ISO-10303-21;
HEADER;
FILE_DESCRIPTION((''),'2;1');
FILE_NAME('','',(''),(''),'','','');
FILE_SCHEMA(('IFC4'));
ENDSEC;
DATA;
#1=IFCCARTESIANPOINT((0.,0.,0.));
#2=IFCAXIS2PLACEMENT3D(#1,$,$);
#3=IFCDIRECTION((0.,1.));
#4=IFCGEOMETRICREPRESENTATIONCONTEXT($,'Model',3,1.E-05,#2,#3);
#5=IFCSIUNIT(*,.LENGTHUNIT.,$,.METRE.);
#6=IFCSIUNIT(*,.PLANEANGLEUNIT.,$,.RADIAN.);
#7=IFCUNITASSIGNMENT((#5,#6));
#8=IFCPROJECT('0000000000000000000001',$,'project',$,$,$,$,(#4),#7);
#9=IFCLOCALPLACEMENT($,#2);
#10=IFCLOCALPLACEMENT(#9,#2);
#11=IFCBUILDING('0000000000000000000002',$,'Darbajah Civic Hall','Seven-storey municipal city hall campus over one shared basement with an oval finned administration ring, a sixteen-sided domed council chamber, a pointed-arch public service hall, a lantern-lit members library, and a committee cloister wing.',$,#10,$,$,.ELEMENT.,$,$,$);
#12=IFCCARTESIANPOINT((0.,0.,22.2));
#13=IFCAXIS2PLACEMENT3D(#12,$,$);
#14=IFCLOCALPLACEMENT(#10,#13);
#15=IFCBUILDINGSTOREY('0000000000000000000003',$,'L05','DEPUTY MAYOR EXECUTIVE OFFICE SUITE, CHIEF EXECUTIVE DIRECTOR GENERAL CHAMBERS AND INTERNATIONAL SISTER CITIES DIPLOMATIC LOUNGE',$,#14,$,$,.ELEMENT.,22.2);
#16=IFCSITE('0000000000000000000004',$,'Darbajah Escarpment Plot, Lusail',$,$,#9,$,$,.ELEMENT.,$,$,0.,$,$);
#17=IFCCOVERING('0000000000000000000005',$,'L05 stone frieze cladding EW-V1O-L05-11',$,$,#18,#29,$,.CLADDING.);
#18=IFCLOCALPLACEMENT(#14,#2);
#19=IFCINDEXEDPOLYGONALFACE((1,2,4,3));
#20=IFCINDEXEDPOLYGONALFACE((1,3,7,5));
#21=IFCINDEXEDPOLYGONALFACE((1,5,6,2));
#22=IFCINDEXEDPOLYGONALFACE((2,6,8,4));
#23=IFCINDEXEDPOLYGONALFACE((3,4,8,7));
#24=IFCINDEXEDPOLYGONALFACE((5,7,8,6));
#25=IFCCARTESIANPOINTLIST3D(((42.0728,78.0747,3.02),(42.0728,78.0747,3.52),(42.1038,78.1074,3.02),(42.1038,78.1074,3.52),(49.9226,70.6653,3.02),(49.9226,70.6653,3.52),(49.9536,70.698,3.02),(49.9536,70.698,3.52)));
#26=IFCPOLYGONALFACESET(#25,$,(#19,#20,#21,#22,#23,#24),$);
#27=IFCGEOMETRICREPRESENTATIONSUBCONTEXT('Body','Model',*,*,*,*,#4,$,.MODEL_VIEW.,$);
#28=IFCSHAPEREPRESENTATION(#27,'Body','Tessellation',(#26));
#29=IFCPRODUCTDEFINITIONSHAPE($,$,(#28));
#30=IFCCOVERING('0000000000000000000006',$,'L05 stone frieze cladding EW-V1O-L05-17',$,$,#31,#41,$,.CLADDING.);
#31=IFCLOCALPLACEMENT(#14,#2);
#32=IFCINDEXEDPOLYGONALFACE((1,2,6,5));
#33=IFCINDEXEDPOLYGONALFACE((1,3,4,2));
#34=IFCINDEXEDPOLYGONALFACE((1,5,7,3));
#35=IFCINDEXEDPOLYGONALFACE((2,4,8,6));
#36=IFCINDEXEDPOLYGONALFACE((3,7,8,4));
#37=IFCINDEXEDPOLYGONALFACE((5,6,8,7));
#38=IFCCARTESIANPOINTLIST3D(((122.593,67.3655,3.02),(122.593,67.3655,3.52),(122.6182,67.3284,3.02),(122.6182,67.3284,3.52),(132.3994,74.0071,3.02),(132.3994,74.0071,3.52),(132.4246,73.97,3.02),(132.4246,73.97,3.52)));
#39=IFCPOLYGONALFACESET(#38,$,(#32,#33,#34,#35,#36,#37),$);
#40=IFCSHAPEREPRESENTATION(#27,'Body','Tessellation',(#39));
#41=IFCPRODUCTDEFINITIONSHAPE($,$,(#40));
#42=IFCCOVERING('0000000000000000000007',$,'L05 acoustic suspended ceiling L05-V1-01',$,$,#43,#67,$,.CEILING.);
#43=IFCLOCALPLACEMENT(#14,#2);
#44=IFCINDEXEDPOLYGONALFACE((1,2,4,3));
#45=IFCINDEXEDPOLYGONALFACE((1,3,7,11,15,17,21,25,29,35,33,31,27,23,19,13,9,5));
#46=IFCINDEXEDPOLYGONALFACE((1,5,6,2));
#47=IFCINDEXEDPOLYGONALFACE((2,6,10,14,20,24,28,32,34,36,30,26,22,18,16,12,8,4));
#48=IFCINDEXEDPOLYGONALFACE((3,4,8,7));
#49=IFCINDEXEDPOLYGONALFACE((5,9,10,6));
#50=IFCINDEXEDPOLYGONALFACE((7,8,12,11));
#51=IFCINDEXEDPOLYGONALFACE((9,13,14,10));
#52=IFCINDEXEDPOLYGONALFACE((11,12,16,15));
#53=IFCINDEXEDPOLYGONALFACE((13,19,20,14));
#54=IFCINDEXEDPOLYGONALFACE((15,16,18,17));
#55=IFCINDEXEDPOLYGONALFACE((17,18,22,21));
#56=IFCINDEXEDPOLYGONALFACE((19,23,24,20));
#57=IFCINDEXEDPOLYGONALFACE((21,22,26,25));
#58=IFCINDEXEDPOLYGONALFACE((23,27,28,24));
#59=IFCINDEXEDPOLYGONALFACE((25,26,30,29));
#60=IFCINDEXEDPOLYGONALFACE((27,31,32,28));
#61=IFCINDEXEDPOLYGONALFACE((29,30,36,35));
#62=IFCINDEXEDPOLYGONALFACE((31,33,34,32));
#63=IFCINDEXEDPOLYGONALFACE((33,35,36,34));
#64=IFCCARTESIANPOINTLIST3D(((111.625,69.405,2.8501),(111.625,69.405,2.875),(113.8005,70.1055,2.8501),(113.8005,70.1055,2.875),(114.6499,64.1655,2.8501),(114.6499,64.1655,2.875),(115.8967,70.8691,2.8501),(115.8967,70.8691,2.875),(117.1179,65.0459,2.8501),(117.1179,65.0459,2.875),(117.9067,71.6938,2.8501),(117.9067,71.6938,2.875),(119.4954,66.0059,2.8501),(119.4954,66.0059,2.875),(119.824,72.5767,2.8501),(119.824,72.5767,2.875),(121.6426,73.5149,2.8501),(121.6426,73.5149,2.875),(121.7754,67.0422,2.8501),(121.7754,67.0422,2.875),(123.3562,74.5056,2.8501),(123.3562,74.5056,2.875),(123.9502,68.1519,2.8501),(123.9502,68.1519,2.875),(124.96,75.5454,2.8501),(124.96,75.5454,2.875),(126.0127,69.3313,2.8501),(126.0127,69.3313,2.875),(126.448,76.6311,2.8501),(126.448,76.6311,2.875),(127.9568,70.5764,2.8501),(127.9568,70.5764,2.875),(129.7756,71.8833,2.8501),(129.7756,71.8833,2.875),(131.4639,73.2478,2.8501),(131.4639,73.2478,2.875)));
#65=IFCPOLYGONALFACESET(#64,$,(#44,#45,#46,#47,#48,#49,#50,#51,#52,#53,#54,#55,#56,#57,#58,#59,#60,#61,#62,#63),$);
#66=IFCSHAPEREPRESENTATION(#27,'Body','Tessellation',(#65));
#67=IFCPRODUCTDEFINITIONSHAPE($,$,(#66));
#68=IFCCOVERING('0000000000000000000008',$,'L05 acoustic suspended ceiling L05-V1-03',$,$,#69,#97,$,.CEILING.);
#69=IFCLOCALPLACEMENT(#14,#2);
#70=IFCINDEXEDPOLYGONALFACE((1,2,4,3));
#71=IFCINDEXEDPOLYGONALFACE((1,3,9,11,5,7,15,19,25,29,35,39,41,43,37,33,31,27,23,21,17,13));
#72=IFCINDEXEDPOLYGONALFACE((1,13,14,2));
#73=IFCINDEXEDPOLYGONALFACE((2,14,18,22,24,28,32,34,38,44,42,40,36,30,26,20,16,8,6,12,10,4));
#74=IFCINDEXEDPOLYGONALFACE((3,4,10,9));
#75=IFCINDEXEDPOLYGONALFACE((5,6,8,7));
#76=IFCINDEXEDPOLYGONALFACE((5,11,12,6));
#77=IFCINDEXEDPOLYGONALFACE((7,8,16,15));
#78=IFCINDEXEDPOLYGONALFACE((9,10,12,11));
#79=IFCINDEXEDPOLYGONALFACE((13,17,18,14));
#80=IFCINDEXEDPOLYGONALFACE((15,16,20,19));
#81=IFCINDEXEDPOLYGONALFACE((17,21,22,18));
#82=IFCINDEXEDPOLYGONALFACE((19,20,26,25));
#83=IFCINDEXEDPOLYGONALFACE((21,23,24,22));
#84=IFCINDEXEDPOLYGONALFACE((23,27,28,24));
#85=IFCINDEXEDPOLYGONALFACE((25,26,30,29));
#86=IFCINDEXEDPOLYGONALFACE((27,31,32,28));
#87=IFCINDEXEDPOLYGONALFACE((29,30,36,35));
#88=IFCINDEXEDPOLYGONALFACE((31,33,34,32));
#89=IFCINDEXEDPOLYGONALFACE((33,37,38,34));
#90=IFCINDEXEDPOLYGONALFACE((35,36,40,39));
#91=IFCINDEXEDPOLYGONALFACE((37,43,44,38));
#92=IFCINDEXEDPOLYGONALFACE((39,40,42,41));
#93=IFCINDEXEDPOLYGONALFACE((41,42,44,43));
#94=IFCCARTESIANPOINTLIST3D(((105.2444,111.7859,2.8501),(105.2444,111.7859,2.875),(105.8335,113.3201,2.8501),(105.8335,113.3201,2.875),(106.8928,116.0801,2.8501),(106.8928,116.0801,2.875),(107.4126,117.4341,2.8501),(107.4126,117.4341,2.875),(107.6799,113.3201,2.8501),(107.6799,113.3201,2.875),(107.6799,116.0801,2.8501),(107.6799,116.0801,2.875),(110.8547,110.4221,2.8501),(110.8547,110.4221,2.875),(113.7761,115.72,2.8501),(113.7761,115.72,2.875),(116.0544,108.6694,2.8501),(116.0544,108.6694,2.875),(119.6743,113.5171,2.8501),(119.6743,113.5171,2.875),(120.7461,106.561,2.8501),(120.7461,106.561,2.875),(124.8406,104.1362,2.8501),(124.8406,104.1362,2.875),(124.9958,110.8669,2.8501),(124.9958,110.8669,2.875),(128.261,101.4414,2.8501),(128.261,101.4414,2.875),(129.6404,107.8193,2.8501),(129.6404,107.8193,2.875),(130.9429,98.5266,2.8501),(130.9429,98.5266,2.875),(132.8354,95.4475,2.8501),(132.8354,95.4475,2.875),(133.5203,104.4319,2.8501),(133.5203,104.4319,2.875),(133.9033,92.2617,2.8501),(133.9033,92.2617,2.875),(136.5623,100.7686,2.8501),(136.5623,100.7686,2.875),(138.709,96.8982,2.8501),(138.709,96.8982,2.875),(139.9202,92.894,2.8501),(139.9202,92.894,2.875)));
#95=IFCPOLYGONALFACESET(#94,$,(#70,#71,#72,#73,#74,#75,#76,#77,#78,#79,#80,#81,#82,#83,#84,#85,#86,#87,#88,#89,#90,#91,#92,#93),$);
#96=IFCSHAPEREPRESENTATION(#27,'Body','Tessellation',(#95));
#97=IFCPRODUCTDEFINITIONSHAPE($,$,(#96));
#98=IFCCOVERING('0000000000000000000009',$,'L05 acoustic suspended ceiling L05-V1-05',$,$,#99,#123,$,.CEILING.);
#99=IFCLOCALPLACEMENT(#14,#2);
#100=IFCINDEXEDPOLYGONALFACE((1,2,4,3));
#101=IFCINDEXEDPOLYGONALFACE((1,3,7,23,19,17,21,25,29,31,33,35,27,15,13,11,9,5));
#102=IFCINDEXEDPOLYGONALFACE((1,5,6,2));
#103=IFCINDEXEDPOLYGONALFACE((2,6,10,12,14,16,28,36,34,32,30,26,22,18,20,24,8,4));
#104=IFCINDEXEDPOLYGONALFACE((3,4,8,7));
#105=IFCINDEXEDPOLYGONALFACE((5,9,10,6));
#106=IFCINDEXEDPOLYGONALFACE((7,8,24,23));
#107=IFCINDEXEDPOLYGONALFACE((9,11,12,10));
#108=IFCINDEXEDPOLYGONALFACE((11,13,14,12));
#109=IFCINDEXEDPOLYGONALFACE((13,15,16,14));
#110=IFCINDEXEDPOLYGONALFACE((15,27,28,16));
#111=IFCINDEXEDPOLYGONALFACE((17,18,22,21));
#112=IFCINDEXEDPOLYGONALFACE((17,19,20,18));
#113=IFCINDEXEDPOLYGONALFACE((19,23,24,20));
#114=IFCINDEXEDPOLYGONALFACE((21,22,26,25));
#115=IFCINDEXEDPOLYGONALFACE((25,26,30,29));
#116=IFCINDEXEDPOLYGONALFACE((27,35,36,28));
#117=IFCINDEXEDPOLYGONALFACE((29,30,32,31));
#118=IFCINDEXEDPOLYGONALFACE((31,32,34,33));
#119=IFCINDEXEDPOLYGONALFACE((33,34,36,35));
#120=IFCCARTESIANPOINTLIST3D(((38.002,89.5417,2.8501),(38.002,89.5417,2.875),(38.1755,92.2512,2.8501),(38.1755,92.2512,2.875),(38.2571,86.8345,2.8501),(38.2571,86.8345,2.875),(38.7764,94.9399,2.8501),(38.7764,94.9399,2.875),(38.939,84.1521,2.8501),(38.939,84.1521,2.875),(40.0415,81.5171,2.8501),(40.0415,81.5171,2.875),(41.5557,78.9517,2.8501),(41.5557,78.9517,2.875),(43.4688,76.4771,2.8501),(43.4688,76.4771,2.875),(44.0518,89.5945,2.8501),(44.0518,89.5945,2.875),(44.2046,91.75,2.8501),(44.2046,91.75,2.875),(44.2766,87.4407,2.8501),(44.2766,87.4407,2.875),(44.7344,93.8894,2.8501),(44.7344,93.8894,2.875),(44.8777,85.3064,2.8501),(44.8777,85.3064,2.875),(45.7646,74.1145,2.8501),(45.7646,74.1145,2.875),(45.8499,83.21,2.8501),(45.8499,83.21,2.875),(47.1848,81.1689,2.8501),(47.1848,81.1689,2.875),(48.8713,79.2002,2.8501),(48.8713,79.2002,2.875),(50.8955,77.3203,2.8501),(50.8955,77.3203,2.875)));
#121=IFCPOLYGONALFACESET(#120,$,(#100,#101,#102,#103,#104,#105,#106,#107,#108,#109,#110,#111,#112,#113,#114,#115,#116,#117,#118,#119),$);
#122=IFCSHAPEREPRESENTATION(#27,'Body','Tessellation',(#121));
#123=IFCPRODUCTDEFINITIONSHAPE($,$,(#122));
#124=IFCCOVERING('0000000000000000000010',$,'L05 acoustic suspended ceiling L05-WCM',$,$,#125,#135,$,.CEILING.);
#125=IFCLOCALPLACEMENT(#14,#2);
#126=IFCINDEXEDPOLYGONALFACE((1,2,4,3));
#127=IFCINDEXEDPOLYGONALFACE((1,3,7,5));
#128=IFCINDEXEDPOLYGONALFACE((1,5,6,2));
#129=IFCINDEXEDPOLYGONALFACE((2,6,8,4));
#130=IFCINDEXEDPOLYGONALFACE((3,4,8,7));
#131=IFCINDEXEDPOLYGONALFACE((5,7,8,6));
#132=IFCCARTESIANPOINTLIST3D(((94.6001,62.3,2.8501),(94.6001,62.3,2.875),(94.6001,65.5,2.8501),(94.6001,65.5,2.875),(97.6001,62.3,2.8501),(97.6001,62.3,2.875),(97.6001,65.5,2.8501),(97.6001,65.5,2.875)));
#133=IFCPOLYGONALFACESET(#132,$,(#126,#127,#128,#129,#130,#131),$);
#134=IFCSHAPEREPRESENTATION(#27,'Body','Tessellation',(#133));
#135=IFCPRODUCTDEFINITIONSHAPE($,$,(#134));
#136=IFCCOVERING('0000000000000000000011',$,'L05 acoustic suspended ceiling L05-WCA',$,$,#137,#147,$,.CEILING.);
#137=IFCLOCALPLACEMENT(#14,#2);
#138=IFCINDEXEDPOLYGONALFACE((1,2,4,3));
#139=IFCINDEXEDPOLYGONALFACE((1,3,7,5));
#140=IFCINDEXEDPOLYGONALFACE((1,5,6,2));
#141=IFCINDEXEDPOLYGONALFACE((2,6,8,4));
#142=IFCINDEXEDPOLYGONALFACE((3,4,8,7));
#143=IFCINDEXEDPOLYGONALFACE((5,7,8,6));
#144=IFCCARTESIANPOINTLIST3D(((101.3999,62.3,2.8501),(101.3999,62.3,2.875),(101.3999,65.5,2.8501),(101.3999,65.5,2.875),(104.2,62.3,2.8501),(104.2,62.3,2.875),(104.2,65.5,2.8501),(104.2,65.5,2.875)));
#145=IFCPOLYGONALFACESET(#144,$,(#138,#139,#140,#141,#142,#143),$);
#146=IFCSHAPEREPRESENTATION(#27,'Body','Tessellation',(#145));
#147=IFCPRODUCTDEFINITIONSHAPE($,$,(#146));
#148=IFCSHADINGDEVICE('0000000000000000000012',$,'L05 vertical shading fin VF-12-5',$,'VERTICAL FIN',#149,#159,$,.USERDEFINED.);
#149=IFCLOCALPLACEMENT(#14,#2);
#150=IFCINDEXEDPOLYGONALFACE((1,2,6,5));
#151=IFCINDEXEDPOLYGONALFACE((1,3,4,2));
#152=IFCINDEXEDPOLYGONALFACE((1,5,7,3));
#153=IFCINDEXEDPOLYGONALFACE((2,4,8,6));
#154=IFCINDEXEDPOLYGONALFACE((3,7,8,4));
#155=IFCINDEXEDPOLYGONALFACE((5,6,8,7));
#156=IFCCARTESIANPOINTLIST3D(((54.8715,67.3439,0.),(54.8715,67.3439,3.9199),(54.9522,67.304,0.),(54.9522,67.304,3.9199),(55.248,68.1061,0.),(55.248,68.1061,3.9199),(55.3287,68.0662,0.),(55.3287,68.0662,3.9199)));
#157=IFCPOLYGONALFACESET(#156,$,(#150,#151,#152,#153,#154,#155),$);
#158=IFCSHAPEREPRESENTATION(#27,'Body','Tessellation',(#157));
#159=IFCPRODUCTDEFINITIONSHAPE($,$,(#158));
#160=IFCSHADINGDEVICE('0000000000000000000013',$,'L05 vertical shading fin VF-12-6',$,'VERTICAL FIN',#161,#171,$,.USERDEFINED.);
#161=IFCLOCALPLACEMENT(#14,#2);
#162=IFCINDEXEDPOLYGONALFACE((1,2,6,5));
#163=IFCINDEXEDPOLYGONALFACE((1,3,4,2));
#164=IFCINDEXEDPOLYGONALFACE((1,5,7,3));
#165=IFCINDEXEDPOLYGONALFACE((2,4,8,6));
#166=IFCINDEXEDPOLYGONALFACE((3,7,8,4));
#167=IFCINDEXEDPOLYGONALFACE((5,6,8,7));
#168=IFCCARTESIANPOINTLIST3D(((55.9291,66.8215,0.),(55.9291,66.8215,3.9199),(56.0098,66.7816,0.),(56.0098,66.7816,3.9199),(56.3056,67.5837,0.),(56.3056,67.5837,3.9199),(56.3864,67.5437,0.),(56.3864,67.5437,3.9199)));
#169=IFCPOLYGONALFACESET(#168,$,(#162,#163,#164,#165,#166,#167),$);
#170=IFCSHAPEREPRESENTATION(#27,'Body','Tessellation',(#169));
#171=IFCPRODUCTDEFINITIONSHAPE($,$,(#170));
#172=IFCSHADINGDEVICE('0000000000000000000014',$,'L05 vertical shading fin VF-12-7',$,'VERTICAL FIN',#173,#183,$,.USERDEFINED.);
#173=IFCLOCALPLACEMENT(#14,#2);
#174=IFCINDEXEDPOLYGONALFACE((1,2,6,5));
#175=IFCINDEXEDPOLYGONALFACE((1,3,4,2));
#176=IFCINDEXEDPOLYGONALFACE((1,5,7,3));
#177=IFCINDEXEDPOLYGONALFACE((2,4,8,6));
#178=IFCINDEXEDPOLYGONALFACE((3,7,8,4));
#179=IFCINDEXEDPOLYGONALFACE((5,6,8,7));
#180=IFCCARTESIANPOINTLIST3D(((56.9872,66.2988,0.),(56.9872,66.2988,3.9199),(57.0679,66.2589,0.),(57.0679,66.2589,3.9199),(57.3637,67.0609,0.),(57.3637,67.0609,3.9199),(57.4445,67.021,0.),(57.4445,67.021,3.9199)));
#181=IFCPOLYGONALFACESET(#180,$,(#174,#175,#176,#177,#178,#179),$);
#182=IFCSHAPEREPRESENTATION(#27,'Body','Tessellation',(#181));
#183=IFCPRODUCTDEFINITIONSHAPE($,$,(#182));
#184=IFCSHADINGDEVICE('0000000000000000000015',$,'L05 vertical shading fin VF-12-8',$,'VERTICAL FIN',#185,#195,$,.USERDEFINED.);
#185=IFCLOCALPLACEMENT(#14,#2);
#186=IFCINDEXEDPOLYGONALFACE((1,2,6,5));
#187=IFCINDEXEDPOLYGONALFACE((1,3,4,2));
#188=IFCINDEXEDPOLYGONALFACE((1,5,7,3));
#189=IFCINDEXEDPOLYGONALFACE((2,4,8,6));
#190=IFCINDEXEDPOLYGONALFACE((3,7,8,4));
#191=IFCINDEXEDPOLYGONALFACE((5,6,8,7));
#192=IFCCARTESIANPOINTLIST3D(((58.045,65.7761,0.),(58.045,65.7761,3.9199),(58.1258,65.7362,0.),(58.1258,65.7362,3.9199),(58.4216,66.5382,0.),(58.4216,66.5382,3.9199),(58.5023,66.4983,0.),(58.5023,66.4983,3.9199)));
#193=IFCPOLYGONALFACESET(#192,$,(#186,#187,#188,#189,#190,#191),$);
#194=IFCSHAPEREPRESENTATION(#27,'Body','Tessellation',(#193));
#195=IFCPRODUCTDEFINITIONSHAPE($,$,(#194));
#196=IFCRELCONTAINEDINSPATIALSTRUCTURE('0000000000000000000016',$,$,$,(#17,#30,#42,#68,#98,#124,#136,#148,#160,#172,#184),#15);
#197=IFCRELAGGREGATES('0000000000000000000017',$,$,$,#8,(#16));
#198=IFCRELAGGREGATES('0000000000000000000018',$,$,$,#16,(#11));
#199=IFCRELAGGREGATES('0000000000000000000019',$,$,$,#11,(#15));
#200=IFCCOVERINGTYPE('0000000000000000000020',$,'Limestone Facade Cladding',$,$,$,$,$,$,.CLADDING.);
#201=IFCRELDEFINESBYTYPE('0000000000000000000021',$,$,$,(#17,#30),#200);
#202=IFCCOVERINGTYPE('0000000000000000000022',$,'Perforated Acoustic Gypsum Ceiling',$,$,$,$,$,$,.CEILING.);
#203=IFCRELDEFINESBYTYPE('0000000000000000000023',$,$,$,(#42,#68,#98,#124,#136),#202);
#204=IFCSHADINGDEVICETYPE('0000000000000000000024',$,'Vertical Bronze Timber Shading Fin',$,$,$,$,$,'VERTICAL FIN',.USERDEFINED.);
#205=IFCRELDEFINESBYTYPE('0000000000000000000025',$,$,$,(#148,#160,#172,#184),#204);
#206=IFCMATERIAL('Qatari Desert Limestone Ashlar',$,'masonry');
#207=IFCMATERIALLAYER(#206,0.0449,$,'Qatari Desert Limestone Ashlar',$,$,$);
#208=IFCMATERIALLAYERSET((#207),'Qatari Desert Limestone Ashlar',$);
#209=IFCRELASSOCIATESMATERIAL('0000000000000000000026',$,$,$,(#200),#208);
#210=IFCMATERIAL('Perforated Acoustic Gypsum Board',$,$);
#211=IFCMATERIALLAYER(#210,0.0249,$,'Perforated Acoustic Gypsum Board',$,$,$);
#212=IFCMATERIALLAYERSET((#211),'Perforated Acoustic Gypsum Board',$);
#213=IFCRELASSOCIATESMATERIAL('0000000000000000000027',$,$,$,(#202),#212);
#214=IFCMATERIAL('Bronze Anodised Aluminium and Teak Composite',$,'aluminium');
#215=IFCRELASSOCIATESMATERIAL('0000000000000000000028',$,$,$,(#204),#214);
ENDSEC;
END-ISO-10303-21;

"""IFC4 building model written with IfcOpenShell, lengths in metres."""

from ifc_helpers import new_model, si_unit, direction, frame, origin, origin_2d, place, context, subcontext, project, spatial, polyline, rectangle, outline, extrude, material, layer, layer_set, type_object, element, save


model = new_model("IFC4")

# Units and contexts
model_context = context("Model", 3, precision=1e-05, world=origin(), true_north=direction((0.0, 1.0)))
body_context = subcontext(model_context, "Body", "Model", "MODEL_VIEW")
ifc_project = project(units=[si_unit("LENGTHUNIT", "METRE"), si_unit("PLANEANGLEUNIT", "RADIAN")], contexts=[model_context])

# Site, building, storey
site_placement = place(None, origin())
site = spatial("IfcSite", under=ifc_project, at=site_placement, Name="Darbajah Escarpment Plot, Lusail", CompositionType="ELEMENT", RefElevation=0.0)
building_placement = place(site_placement, origin())
building = spatial("IfcBuilding", under=site, at=building_placement, Name="Darbajah Civic Hall", Description="Seven-storey municipal city hall campus over one shared basement with an oval finned administration ring, a sixteen-sided domed council chamber, a pointed-arch public service hall, a lantern-lit members library, and a committee cloister wing.", CompositionType="ELEMENT")
storey_placement = place(building_placement, frame((0.0, 0.0, 22.2)))
storey = spatial("IfcBuildingStorey", under=building, at=storey_placement, Name="L05", Description="DEPUTY MAYOR EXECUTIVE OFFICE SUITE, CHIEF EXECUTIVE DIRECTOR GENERAL CHAMBERS AND INTERNATIONAL SISTER CITIES DIPLOMATIC LOUNGE", CompositionType="ELEMENT", Elevation=22.2)

# Coverings
ifc_material_1 = material(Name="Qatari Desert Limestone Ashlar", Category="masonry")
ifc_layer_1 = layer(ifc_material_1, 0.0449, Name="Qatari Desert Limestone Ashlar")
ifc_layer_set_1 = layer_set([ifc_layer_1], Name="Qatari Desert Limestone Ashlar")
covering_type_1 = type_object("IfcCoveringType", Name="Limestone Facade Cladding", PredefinedType="CLADDING", material=ifc_layer_set_1)
covering_1_placement = place(storey_placement, frame((0.0, 0.0, 3.02)))
element("IfcCovering", 1, at=covering_1_placement, inside=storey, type_object=covering_type_1, Name="L05 stone frieze cladding EW-V1O-L05-11", PredefinedType="CLADDING", context=body_context, shape_type="SweptSolid", body=[
    extrude(outline(polyline([(42.1038, 78.1074), (49.9536, 70.698), (49.9226, 70.6653), (42.0728, 78.0747), (42.1038, 78.1074)])), origin(), (0.0, 0.0, 1.0), 0.5),
])
covering_2_placement = place(storey_placement, frame((0.0, 0.0, 3.02)))
element("IfcCovering", 2, at=covering_2_placement, inside=storey, type_object=covering_type_1, Name="L05 stone frieze cladding EW-V1O-L05-17", PredefinedType="CLADDING", context=body_context, shape_type="SweptSolid", body=[
    extrude(outline(polyline([(122.593, 67.3655), (132.3994, 74.0071), (132.4246, 73.97), (122.6182, 67.3284), (122.593, 67.3655)])), origin(), (0.0, 0.0, 1.0), 0.5),
])
ifc_material_2 = material(Name="Perforated Acoustic Gypsum Board")
ifc_layer_2 = layer(ifc_material_2, 0.0249, Name="Perforated Acoustic Gypsum Board")
ifc_layer_set_2 = layer_set([ifc_layer_2], Name="Perforated Acoustic Gypsum Board")
covering_type_2 = type_object("IfcCoveringType", Name="Perforated Acoustic Gypsum Ceiling", PredefinedType="CEILING", material=ifc_layer_set_2)
covering_3_placement = place(storey_placement, frame((0.0, 0.0, 2.8501)))
element("IfcCovering", 3, at=covering_3_placement, inside=storey, type_object=covering_type_2, Name="L05 acoustic suspended ceiling L05-V1-01", PredefinedType="CEILING", context=body_context, shape_type="SweptSolid", body=[
    extrude(outline(polyline([(114.6499, 64.1655), (117.1179, 65.0459), (119.4954, 66.0059), (121.7754, 67.0422), (123.9502, 68.1519), (126.0127, 69.3313), (127.9568, 70.5764), (129.7756, 71.8833), (131.4639, 73.2478), (126.448, 76.6311), (124.96, 75.5454), (123.3562, 74.5056), (121.6426, 73.5149), (119.824, 72.5767), (117.9067, 71.6938), (115.8967, 70.8691), (113.8005, 70.1055), (111.625, 69.405), (114.6499, 64.1655)])), origin(), (0.0, 0.0, 1.0), 0.0249),
])
covering_4_placement = place(storey_placement, frame((0.0, 0.0, 2.8501)))
element("IfcCovering", 4, at=covering_4_placement, inside=storey, type_object=covering_type_2, Name="L05 acoustic suspended ceiling L05-V1-03", PredefinedType="CEILING", context=body_context, shape_type="SweptSolid", body=[
    extrude(outline(polyline([(133.9033, 92.2617), (132.8354, 95.4475), (130.9429, 98.5266), (128.261, 101.4414), (124.8406, 104.1362), (120.7461, 106.561), (116.0544, 108.6694), (110.8547, 110.4221), (105.2444, 111.7859), (105.8335, 113.3201), (107.6799, 113.3201), (107.6799, 116.0801), (106.8928, 116.0801), (107.4126, 117.4341), (113.7761, 115.72), (119.6743, 113.5171), (124.9958, 110.8669), (129.6404, 107.8193), (133.5203, 104.4319), (136.5623, 100.7686), (138.709, 96.8982), (139.9202, 92.894), (133.9033, 92.2617)])), origin(), (0.0, 0.0, 1.0), 0.0249),
])
covering_5_placement = place(storey_placement, frame((0.0, 0.0, 2.8501)))
element("IfcCovering", 5, at=covering_5_placement, inside=storey, type_object=covering_type_2, Name="L05 acoustic suspended ceiling L05-V1-05", PredefinedType="CEILING", context=body_context, shape_type="SweptSolid", body=[
    extrude(outline(polyline([(38.7764, 94.9399), (38.1755, 92.2512), (38.002, 89.5417), (38.2571, 86.8345), (38.939, 84.1521), (40.0415, 81.5171), (41.5557, 78.9517), (43.4688, 76.4771), (45.7646, 74.1145), (50.8955, 77.3203), (48.8713, 79.2002), (47.1848, 81.1689), (45.8499, 83.21), (44.8777, 85.3064), (44.2766, 87.4407), (44.0518, 89.5945), (44.2046, 91.75), (44.7344, 93.8894), (38.7764, 94.9399)])), origin(), (0.0, 0.0, 1.0), 0.0249),
])
covering_6_placement = place(storey_placement, frame((0.0, 0.0, 2.8501)))
element("IfcCovering", 6, at=covering_6_placement, inside=storey, type_object=covering_type_2, Name="L05 acoustic suspended ceiling L05-WCM", PredefinedType="CEILING", context=body_context, shape_type="SweptSolid", body=[
    extrude(outline(polyline([(94.6001, 62.3), (97.6001, 62.3), (97.6001, 65.5), (94.6001, 65.5), (94.6001, 62.3)])), origin(), (0.0, 0.0, 1.0), 0.0249),
])
covering_7_placement = place(storey_placement, frame((0.0, 0.0, 2.8501)))
element("IfcCovering", 7, at=covering_7_placement, inside=storey, type_object=covering_type_2, Name="L05 acoustic suspended ceiling L05-WCA", PredefinedType="CEILING", context=body_context, shape_type="SweptSolid", body=[
    extrude(outline(polyline([(101.3999, 62.3), (104.2, 62.3), (104.2, 65.5), (101.3999, 65.5), (101.3999, 62.3)])), origin(), (0.0, 0.0, 1.0), 0.0249),
])

# Shading devices
ifc_material_3 = material(Name="Bronze Anodised Aluminium and Teak Composite", Category="aluminium")
shading_device_type = type_object("IfcShadingDeviceType", Name="Vertical Bronze Timber Shading Fin", ElementType="VERTICAL FIN", PredefinedType="USERDEFINED", material=ifc_material_3)
for number, where, z_axis, x_axis, name in (
    (8, (55.1001, 67.7051, 0.0), (0.0, 0.0, 1.0), (-0.442915, -0.896564, 0.0), "L05 vertical shading fin VF-12-5"),
    (9, (56.1577, 67.1826, 0.0), (0.0, 0.0, 1.0), (-0.442915, -0.896564, 0.0), "L05 vertical shading fin VF-12-6"),
    (10, (57.2158, 66.6599, 0.0), (0.0, 0.0, 1.0), (-0.442915, -0.896564, 0.0), "L05 vertical shading fin VF-12-7"),
    (11, (58.2737, 66.1372, 0.0), (0.0, 0.0, 1.0), (-0.442915, -0.896564, 0.0), "L05 vertical shading fin VF-12-8"),
):
    element("IfcShadingDevice", number, at=place(storey_placement, frame(where, z_axis=z_axis, x_axis=x_axis)), inside=storey, type_object=shading_device_type, Name=name, ObjectType="VERTICAL FIN", PredefinedType="USERDEFINED", context=body_context, shape_type="SweptSolid", body=[
        extrude(rectangle(XDim=0.8501, YDim=0.0901, at=origin_2d()), origin(), (0.0, 0.0, 1.0), 3.9199),
    ])

save(model, "model.ifc")
